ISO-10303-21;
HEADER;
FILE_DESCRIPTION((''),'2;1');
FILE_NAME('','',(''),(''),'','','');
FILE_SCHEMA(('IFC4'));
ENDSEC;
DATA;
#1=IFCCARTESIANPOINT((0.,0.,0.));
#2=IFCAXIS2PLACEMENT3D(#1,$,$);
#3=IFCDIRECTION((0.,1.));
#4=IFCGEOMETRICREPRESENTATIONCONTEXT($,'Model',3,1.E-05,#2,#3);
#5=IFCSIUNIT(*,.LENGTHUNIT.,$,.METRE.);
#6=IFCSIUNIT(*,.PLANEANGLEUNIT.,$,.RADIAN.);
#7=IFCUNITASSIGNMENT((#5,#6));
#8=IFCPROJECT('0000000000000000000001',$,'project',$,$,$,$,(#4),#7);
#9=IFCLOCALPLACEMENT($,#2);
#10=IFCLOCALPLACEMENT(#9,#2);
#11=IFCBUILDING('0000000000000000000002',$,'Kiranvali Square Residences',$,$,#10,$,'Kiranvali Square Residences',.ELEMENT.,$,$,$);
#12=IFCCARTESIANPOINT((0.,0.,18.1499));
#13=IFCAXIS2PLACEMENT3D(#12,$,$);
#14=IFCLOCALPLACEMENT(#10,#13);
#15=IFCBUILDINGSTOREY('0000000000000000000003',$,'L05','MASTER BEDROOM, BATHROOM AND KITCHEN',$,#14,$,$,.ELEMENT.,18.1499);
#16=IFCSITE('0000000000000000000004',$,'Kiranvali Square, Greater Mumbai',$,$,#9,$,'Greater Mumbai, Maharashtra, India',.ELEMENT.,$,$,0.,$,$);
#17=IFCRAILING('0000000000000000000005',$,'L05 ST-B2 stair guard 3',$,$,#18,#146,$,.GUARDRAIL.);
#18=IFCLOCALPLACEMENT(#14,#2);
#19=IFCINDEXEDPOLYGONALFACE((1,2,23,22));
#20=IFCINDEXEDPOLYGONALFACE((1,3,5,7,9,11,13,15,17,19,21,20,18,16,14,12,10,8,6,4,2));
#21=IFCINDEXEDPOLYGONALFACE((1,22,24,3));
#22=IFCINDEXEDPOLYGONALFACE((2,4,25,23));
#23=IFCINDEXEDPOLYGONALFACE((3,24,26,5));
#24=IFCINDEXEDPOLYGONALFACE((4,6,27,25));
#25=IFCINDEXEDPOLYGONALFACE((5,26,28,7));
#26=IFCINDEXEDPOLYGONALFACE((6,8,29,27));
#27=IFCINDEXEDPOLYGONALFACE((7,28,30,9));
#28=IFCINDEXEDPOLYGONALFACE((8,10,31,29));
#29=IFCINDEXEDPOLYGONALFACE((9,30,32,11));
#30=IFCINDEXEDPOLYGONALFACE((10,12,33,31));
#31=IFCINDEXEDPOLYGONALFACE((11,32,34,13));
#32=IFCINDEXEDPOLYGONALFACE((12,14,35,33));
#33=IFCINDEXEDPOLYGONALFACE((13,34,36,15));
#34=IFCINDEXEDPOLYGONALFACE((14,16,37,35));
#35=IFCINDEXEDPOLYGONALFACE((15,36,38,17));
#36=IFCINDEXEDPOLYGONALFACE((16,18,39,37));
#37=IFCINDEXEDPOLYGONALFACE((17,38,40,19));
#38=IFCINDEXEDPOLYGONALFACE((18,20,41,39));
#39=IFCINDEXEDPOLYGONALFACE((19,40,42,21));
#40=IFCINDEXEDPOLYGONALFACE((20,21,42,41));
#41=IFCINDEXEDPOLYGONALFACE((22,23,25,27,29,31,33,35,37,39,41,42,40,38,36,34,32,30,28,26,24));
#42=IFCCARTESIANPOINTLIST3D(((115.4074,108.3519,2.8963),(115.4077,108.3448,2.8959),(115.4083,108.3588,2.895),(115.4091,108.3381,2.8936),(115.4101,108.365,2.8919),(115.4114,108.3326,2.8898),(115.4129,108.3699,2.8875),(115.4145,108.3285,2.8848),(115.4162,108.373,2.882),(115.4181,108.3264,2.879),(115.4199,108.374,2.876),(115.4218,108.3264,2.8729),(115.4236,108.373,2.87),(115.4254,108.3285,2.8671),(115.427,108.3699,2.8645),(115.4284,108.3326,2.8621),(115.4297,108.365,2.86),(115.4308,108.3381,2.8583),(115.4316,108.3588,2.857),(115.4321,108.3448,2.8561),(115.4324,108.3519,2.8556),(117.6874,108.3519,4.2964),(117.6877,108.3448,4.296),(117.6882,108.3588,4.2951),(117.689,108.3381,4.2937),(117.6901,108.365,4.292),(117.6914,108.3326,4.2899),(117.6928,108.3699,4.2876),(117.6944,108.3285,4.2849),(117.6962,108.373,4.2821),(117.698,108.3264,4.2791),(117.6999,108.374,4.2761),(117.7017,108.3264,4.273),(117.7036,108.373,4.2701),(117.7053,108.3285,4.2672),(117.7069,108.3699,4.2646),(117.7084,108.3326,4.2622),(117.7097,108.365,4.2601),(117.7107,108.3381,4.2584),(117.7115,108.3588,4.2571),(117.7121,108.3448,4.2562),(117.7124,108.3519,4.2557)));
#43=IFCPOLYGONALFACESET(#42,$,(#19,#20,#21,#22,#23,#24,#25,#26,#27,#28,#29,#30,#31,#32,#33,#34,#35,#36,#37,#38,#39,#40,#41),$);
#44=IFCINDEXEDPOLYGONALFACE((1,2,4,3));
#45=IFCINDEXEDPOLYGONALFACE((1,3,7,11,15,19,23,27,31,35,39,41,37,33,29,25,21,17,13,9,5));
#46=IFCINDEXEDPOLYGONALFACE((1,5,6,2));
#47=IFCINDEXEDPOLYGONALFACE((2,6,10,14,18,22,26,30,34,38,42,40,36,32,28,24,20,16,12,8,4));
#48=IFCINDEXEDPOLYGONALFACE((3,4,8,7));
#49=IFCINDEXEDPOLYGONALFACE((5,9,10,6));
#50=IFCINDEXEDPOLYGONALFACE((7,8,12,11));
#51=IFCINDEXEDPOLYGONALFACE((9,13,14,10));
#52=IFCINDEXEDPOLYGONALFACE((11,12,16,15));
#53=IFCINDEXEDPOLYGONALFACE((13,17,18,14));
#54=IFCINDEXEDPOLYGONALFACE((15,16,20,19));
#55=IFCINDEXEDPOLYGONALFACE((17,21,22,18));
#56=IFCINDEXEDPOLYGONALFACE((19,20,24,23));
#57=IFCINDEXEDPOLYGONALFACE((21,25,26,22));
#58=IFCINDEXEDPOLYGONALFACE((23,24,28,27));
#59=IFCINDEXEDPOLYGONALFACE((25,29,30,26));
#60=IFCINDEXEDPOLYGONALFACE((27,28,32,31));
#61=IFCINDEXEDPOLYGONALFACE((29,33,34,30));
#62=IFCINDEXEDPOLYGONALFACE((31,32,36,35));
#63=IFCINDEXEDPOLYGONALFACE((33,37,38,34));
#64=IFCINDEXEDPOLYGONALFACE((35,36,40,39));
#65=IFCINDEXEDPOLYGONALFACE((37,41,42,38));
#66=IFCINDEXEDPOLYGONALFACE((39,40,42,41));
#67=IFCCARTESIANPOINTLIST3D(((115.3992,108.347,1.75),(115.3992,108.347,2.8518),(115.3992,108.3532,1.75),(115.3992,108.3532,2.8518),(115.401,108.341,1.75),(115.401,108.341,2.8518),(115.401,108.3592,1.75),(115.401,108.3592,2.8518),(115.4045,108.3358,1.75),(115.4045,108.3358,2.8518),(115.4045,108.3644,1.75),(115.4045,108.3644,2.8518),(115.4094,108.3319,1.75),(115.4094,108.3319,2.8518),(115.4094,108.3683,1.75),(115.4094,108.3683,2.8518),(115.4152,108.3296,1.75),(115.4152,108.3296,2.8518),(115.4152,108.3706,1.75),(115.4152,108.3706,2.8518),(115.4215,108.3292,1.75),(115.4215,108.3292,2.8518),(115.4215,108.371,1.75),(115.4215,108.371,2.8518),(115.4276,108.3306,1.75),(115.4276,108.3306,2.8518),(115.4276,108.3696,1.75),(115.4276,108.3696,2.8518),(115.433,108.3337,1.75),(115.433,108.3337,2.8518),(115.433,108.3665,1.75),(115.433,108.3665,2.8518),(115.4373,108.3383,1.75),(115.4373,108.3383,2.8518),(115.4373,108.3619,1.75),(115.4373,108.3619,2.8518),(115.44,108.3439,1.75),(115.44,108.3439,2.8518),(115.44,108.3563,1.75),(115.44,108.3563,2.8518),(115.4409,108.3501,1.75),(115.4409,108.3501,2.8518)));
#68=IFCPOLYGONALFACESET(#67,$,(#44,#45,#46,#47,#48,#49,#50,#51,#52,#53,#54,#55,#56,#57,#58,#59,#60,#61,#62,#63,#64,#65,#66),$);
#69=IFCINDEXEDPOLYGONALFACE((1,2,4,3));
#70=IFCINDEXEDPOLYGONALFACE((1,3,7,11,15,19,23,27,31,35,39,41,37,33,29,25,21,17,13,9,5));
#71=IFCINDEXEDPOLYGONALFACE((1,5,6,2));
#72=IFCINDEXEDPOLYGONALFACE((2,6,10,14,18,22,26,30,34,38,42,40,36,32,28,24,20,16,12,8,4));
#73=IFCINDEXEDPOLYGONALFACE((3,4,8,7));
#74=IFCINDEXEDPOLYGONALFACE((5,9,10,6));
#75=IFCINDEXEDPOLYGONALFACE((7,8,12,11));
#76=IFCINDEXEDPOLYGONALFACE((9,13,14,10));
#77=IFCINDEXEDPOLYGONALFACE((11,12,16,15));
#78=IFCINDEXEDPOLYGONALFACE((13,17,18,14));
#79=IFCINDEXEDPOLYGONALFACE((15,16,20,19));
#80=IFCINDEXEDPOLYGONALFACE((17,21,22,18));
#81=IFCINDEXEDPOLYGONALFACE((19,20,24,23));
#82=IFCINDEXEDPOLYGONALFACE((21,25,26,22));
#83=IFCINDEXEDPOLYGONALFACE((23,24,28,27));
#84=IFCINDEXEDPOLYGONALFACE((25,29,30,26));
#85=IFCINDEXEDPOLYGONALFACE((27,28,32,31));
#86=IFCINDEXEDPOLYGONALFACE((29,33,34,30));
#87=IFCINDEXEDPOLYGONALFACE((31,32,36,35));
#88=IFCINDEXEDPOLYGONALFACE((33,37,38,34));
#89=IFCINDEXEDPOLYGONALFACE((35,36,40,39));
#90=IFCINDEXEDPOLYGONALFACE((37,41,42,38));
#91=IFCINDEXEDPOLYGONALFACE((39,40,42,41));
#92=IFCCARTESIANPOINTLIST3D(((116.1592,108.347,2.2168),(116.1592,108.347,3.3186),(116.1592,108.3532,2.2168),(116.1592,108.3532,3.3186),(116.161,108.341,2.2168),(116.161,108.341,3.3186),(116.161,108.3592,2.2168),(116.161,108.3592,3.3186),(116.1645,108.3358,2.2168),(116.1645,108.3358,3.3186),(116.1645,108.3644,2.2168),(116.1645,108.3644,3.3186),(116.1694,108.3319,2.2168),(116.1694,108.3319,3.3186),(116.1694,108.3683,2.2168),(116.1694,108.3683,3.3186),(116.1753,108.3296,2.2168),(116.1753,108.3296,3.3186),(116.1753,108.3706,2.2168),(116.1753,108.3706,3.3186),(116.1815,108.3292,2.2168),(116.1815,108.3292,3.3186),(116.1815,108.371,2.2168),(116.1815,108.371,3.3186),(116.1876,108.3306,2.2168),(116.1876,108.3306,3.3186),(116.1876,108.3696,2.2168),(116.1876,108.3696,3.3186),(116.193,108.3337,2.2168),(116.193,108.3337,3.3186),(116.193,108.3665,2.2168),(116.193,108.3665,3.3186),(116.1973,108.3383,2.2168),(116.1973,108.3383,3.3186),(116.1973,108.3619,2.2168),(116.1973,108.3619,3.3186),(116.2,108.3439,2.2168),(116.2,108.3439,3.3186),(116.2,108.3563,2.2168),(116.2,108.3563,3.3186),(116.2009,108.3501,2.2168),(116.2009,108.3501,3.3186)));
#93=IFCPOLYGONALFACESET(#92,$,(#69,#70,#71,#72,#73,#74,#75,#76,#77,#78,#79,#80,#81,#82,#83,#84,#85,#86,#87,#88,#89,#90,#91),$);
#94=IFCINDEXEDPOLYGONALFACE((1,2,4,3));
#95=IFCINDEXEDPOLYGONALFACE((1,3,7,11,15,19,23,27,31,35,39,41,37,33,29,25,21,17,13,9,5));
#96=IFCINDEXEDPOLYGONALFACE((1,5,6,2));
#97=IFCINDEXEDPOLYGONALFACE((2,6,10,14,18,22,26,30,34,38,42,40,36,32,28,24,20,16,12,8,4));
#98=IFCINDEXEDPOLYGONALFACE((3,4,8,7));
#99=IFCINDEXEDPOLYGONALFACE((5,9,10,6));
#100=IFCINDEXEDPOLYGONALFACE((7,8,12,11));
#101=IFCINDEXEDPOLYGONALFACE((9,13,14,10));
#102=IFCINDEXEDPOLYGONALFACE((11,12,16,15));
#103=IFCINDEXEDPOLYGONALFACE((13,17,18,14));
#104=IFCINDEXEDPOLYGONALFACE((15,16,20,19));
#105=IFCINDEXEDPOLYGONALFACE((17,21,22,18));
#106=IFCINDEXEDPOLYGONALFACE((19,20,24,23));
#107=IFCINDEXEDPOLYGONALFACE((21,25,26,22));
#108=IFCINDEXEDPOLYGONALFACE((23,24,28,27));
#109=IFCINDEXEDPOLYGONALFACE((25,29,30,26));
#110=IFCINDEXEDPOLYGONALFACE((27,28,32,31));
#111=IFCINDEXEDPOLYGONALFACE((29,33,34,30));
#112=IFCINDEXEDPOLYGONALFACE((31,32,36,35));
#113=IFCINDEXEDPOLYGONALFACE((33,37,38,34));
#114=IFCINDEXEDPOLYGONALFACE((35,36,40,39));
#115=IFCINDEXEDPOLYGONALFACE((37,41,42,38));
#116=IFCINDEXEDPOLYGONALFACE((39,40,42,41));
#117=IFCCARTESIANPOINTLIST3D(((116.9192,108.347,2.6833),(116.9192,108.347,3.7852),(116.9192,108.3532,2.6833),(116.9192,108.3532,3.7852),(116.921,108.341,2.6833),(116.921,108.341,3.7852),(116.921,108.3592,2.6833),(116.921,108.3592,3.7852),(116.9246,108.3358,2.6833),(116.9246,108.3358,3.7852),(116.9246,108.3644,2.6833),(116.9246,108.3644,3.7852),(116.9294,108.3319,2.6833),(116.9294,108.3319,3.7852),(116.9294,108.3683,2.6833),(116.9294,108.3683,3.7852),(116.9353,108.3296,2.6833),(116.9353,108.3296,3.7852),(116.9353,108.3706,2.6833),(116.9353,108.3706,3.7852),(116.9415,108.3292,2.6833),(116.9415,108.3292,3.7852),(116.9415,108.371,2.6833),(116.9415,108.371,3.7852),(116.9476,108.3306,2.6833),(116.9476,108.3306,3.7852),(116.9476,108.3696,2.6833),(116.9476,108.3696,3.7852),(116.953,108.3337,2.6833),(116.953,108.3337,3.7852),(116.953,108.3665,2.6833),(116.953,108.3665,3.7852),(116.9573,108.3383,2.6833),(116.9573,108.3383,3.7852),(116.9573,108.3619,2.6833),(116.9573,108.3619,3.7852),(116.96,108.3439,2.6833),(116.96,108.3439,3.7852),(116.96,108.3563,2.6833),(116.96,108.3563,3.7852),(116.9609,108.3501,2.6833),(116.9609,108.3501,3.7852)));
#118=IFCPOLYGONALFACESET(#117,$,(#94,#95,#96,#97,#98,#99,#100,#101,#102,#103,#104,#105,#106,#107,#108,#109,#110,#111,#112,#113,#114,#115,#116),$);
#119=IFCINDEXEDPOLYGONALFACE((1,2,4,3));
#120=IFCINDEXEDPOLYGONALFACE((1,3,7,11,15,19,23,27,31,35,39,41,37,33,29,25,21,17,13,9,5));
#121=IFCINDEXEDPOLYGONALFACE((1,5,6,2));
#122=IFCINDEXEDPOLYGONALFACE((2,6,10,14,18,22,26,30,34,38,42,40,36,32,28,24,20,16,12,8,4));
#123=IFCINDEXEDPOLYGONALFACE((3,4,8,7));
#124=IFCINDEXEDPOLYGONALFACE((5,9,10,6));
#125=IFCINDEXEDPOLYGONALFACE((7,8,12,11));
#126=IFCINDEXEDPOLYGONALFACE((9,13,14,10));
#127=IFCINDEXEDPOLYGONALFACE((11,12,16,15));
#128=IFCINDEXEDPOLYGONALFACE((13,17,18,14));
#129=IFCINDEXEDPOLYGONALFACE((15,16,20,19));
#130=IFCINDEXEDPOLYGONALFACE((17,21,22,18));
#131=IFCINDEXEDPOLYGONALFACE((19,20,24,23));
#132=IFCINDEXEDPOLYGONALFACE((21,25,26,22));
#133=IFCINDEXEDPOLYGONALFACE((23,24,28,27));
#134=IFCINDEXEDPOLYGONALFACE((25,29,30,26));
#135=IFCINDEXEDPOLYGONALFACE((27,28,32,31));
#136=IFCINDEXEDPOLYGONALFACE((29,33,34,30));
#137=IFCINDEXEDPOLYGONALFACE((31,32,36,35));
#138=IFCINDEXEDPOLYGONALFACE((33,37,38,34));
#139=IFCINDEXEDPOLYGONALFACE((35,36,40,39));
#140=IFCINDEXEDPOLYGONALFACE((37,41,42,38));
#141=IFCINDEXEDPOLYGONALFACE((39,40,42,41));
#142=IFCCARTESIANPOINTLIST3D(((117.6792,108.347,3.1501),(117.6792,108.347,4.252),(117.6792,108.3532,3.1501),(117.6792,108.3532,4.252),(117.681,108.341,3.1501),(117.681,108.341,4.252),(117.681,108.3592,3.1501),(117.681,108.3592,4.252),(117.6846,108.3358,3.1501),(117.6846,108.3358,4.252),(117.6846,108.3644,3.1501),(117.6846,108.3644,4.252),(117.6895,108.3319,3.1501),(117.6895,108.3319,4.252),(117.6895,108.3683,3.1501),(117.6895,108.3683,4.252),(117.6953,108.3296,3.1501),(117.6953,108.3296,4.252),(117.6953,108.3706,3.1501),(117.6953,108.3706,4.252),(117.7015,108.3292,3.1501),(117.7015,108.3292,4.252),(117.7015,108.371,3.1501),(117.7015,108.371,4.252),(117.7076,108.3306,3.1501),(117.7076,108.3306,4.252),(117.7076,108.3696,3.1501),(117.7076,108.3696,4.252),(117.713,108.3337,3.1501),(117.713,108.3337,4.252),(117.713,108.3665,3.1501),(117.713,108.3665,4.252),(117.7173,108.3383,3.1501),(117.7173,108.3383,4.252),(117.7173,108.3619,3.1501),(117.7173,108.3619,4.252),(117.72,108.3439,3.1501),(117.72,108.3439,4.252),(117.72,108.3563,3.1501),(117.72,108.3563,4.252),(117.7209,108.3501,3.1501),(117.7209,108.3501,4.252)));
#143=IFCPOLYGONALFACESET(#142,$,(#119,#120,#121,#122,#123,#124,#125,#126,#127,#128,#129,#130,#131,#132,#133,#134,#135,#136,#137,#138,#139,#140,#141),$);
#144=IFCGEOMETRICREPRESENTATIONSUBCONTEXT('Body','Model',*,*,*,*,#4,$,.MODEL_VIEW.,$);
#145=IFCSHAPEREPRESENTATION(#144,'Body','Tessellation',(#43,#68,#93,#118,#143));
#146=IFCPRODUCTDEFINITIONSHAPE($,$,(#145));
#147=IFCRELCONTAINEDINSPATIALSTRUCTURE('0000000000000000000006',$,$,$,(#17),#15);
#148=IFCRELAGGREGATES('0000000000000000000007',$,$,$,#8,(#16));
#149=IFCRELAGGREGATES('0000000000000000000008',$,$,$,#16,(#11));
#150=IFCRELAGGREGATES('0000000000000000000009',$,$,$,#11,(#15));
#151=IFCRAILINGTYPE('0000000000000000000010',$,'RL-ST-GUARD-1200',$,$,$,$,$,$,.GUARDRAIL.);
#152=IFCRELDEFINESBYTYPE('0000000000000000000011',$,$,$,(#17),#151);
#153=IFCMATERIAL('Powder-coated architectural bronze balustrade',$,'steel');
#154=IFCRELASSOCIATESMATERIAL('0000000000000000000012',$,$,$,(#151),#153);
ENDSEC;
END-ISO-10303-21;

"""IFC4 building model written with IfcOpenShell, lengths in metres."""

from ifc_helpers import new_model, si_unit, direction, frame, origin, origin_2d, place, context, subcontext, project, spatial, circle, extrude, material, type_object, element, save


model = new_model("IFC4")

# Units and contexts
model_context = context("Model", 3, precision=1e-05, world=origin(), true_north=direction((0.0, 1.0)))
body_context = subcontext(model_context, "Body", "Model", "MODEL_VIEW")
ifc_project = project(units=[si_unit("LENGTHUNIT", "METRE"), si_unit("PLANEANGLEUNIT", "RADIAN")], contexts=[model_context])

# Site, building, storey
site_placement = place(None, origin())
site = spatial("IfcSite", under=ifc_project, at=site_placement, Name="Kiranvali Square, Greater Mumbai", LongName="Greater Mumbai, Maharashtra, India", CompositionType="ELEMENT", RefElevation=0.0)
building_placement = place(site_placement, origin())
building = spatial("IfcBuilding", under=site, at=building_placement, Name="Kiranvali Square Residences", LongName="Kiranvali Square Residences", CompositionType="ELEMENT")
storey_placement = place(building_placement, frame((0.0, 0.0, 18.1499)))
storey = spatial("IfcBuildingStorey", under=building, at=storey_placement, Name="L05", Description="MASTER BEDROOM, BATHROOM AND KITCHEN", CompositionType="ELEMENT", Elevation=18.1499)

# Railing
ifc_material_1 = material(Name="Powder-coated architectural bronze balustrade", Category="steel")
railing_type_1 = type_object("IfcRailingType", Name="RL-ST-GUARD-1200", PredefinedType="GUARDRAIL", material=ifc_material_1)
railing_1_placement = place(storey_placement, frame((115.4199, 108.3501, 1.75)))
element("IfcRailing", 1, at=railing_1_placement, inside=storey, type_object=railing_type_1, Name="L05 ST-B2 stair guard 3", PredefinedType="GUARDRAIL", context=body_context, shape_type="SweptSolid", body=[
    extrude(circle(Radius=0.0239, at=origin_2d()), frame((0.0, 0.0, 1.126), z_axis=(0.85215, 0.0, 0.523298), x_axis=(0.0, 1.0, 0.0)), (0.0, 0.0, 1.0), 2.6755),
    extrude(circle(Radius=0.021, at=origin_2d()), origin(), (0.0, 0.0, 1.0), 1.1018),
    extrude(circle(Radius=0.021, at=origin_2d()), frame((0.76, 0.0, 0.4668)), (0.0, 0.0, 1.0), 1.1018),
    extrude(circle(Radius=0.021, at=origin_2d()), frame((1.52, 0.0, 0.9333)), (0.0, 0.0, 1.0), 1.1018),
    extrude(circle(Radius=0.021, at=origin_2d()), frame((2.28, 0.0, 1.4001)), (0.0, 0.0, 1.0), 1.1018),
])

save(model, "model.ifc")
